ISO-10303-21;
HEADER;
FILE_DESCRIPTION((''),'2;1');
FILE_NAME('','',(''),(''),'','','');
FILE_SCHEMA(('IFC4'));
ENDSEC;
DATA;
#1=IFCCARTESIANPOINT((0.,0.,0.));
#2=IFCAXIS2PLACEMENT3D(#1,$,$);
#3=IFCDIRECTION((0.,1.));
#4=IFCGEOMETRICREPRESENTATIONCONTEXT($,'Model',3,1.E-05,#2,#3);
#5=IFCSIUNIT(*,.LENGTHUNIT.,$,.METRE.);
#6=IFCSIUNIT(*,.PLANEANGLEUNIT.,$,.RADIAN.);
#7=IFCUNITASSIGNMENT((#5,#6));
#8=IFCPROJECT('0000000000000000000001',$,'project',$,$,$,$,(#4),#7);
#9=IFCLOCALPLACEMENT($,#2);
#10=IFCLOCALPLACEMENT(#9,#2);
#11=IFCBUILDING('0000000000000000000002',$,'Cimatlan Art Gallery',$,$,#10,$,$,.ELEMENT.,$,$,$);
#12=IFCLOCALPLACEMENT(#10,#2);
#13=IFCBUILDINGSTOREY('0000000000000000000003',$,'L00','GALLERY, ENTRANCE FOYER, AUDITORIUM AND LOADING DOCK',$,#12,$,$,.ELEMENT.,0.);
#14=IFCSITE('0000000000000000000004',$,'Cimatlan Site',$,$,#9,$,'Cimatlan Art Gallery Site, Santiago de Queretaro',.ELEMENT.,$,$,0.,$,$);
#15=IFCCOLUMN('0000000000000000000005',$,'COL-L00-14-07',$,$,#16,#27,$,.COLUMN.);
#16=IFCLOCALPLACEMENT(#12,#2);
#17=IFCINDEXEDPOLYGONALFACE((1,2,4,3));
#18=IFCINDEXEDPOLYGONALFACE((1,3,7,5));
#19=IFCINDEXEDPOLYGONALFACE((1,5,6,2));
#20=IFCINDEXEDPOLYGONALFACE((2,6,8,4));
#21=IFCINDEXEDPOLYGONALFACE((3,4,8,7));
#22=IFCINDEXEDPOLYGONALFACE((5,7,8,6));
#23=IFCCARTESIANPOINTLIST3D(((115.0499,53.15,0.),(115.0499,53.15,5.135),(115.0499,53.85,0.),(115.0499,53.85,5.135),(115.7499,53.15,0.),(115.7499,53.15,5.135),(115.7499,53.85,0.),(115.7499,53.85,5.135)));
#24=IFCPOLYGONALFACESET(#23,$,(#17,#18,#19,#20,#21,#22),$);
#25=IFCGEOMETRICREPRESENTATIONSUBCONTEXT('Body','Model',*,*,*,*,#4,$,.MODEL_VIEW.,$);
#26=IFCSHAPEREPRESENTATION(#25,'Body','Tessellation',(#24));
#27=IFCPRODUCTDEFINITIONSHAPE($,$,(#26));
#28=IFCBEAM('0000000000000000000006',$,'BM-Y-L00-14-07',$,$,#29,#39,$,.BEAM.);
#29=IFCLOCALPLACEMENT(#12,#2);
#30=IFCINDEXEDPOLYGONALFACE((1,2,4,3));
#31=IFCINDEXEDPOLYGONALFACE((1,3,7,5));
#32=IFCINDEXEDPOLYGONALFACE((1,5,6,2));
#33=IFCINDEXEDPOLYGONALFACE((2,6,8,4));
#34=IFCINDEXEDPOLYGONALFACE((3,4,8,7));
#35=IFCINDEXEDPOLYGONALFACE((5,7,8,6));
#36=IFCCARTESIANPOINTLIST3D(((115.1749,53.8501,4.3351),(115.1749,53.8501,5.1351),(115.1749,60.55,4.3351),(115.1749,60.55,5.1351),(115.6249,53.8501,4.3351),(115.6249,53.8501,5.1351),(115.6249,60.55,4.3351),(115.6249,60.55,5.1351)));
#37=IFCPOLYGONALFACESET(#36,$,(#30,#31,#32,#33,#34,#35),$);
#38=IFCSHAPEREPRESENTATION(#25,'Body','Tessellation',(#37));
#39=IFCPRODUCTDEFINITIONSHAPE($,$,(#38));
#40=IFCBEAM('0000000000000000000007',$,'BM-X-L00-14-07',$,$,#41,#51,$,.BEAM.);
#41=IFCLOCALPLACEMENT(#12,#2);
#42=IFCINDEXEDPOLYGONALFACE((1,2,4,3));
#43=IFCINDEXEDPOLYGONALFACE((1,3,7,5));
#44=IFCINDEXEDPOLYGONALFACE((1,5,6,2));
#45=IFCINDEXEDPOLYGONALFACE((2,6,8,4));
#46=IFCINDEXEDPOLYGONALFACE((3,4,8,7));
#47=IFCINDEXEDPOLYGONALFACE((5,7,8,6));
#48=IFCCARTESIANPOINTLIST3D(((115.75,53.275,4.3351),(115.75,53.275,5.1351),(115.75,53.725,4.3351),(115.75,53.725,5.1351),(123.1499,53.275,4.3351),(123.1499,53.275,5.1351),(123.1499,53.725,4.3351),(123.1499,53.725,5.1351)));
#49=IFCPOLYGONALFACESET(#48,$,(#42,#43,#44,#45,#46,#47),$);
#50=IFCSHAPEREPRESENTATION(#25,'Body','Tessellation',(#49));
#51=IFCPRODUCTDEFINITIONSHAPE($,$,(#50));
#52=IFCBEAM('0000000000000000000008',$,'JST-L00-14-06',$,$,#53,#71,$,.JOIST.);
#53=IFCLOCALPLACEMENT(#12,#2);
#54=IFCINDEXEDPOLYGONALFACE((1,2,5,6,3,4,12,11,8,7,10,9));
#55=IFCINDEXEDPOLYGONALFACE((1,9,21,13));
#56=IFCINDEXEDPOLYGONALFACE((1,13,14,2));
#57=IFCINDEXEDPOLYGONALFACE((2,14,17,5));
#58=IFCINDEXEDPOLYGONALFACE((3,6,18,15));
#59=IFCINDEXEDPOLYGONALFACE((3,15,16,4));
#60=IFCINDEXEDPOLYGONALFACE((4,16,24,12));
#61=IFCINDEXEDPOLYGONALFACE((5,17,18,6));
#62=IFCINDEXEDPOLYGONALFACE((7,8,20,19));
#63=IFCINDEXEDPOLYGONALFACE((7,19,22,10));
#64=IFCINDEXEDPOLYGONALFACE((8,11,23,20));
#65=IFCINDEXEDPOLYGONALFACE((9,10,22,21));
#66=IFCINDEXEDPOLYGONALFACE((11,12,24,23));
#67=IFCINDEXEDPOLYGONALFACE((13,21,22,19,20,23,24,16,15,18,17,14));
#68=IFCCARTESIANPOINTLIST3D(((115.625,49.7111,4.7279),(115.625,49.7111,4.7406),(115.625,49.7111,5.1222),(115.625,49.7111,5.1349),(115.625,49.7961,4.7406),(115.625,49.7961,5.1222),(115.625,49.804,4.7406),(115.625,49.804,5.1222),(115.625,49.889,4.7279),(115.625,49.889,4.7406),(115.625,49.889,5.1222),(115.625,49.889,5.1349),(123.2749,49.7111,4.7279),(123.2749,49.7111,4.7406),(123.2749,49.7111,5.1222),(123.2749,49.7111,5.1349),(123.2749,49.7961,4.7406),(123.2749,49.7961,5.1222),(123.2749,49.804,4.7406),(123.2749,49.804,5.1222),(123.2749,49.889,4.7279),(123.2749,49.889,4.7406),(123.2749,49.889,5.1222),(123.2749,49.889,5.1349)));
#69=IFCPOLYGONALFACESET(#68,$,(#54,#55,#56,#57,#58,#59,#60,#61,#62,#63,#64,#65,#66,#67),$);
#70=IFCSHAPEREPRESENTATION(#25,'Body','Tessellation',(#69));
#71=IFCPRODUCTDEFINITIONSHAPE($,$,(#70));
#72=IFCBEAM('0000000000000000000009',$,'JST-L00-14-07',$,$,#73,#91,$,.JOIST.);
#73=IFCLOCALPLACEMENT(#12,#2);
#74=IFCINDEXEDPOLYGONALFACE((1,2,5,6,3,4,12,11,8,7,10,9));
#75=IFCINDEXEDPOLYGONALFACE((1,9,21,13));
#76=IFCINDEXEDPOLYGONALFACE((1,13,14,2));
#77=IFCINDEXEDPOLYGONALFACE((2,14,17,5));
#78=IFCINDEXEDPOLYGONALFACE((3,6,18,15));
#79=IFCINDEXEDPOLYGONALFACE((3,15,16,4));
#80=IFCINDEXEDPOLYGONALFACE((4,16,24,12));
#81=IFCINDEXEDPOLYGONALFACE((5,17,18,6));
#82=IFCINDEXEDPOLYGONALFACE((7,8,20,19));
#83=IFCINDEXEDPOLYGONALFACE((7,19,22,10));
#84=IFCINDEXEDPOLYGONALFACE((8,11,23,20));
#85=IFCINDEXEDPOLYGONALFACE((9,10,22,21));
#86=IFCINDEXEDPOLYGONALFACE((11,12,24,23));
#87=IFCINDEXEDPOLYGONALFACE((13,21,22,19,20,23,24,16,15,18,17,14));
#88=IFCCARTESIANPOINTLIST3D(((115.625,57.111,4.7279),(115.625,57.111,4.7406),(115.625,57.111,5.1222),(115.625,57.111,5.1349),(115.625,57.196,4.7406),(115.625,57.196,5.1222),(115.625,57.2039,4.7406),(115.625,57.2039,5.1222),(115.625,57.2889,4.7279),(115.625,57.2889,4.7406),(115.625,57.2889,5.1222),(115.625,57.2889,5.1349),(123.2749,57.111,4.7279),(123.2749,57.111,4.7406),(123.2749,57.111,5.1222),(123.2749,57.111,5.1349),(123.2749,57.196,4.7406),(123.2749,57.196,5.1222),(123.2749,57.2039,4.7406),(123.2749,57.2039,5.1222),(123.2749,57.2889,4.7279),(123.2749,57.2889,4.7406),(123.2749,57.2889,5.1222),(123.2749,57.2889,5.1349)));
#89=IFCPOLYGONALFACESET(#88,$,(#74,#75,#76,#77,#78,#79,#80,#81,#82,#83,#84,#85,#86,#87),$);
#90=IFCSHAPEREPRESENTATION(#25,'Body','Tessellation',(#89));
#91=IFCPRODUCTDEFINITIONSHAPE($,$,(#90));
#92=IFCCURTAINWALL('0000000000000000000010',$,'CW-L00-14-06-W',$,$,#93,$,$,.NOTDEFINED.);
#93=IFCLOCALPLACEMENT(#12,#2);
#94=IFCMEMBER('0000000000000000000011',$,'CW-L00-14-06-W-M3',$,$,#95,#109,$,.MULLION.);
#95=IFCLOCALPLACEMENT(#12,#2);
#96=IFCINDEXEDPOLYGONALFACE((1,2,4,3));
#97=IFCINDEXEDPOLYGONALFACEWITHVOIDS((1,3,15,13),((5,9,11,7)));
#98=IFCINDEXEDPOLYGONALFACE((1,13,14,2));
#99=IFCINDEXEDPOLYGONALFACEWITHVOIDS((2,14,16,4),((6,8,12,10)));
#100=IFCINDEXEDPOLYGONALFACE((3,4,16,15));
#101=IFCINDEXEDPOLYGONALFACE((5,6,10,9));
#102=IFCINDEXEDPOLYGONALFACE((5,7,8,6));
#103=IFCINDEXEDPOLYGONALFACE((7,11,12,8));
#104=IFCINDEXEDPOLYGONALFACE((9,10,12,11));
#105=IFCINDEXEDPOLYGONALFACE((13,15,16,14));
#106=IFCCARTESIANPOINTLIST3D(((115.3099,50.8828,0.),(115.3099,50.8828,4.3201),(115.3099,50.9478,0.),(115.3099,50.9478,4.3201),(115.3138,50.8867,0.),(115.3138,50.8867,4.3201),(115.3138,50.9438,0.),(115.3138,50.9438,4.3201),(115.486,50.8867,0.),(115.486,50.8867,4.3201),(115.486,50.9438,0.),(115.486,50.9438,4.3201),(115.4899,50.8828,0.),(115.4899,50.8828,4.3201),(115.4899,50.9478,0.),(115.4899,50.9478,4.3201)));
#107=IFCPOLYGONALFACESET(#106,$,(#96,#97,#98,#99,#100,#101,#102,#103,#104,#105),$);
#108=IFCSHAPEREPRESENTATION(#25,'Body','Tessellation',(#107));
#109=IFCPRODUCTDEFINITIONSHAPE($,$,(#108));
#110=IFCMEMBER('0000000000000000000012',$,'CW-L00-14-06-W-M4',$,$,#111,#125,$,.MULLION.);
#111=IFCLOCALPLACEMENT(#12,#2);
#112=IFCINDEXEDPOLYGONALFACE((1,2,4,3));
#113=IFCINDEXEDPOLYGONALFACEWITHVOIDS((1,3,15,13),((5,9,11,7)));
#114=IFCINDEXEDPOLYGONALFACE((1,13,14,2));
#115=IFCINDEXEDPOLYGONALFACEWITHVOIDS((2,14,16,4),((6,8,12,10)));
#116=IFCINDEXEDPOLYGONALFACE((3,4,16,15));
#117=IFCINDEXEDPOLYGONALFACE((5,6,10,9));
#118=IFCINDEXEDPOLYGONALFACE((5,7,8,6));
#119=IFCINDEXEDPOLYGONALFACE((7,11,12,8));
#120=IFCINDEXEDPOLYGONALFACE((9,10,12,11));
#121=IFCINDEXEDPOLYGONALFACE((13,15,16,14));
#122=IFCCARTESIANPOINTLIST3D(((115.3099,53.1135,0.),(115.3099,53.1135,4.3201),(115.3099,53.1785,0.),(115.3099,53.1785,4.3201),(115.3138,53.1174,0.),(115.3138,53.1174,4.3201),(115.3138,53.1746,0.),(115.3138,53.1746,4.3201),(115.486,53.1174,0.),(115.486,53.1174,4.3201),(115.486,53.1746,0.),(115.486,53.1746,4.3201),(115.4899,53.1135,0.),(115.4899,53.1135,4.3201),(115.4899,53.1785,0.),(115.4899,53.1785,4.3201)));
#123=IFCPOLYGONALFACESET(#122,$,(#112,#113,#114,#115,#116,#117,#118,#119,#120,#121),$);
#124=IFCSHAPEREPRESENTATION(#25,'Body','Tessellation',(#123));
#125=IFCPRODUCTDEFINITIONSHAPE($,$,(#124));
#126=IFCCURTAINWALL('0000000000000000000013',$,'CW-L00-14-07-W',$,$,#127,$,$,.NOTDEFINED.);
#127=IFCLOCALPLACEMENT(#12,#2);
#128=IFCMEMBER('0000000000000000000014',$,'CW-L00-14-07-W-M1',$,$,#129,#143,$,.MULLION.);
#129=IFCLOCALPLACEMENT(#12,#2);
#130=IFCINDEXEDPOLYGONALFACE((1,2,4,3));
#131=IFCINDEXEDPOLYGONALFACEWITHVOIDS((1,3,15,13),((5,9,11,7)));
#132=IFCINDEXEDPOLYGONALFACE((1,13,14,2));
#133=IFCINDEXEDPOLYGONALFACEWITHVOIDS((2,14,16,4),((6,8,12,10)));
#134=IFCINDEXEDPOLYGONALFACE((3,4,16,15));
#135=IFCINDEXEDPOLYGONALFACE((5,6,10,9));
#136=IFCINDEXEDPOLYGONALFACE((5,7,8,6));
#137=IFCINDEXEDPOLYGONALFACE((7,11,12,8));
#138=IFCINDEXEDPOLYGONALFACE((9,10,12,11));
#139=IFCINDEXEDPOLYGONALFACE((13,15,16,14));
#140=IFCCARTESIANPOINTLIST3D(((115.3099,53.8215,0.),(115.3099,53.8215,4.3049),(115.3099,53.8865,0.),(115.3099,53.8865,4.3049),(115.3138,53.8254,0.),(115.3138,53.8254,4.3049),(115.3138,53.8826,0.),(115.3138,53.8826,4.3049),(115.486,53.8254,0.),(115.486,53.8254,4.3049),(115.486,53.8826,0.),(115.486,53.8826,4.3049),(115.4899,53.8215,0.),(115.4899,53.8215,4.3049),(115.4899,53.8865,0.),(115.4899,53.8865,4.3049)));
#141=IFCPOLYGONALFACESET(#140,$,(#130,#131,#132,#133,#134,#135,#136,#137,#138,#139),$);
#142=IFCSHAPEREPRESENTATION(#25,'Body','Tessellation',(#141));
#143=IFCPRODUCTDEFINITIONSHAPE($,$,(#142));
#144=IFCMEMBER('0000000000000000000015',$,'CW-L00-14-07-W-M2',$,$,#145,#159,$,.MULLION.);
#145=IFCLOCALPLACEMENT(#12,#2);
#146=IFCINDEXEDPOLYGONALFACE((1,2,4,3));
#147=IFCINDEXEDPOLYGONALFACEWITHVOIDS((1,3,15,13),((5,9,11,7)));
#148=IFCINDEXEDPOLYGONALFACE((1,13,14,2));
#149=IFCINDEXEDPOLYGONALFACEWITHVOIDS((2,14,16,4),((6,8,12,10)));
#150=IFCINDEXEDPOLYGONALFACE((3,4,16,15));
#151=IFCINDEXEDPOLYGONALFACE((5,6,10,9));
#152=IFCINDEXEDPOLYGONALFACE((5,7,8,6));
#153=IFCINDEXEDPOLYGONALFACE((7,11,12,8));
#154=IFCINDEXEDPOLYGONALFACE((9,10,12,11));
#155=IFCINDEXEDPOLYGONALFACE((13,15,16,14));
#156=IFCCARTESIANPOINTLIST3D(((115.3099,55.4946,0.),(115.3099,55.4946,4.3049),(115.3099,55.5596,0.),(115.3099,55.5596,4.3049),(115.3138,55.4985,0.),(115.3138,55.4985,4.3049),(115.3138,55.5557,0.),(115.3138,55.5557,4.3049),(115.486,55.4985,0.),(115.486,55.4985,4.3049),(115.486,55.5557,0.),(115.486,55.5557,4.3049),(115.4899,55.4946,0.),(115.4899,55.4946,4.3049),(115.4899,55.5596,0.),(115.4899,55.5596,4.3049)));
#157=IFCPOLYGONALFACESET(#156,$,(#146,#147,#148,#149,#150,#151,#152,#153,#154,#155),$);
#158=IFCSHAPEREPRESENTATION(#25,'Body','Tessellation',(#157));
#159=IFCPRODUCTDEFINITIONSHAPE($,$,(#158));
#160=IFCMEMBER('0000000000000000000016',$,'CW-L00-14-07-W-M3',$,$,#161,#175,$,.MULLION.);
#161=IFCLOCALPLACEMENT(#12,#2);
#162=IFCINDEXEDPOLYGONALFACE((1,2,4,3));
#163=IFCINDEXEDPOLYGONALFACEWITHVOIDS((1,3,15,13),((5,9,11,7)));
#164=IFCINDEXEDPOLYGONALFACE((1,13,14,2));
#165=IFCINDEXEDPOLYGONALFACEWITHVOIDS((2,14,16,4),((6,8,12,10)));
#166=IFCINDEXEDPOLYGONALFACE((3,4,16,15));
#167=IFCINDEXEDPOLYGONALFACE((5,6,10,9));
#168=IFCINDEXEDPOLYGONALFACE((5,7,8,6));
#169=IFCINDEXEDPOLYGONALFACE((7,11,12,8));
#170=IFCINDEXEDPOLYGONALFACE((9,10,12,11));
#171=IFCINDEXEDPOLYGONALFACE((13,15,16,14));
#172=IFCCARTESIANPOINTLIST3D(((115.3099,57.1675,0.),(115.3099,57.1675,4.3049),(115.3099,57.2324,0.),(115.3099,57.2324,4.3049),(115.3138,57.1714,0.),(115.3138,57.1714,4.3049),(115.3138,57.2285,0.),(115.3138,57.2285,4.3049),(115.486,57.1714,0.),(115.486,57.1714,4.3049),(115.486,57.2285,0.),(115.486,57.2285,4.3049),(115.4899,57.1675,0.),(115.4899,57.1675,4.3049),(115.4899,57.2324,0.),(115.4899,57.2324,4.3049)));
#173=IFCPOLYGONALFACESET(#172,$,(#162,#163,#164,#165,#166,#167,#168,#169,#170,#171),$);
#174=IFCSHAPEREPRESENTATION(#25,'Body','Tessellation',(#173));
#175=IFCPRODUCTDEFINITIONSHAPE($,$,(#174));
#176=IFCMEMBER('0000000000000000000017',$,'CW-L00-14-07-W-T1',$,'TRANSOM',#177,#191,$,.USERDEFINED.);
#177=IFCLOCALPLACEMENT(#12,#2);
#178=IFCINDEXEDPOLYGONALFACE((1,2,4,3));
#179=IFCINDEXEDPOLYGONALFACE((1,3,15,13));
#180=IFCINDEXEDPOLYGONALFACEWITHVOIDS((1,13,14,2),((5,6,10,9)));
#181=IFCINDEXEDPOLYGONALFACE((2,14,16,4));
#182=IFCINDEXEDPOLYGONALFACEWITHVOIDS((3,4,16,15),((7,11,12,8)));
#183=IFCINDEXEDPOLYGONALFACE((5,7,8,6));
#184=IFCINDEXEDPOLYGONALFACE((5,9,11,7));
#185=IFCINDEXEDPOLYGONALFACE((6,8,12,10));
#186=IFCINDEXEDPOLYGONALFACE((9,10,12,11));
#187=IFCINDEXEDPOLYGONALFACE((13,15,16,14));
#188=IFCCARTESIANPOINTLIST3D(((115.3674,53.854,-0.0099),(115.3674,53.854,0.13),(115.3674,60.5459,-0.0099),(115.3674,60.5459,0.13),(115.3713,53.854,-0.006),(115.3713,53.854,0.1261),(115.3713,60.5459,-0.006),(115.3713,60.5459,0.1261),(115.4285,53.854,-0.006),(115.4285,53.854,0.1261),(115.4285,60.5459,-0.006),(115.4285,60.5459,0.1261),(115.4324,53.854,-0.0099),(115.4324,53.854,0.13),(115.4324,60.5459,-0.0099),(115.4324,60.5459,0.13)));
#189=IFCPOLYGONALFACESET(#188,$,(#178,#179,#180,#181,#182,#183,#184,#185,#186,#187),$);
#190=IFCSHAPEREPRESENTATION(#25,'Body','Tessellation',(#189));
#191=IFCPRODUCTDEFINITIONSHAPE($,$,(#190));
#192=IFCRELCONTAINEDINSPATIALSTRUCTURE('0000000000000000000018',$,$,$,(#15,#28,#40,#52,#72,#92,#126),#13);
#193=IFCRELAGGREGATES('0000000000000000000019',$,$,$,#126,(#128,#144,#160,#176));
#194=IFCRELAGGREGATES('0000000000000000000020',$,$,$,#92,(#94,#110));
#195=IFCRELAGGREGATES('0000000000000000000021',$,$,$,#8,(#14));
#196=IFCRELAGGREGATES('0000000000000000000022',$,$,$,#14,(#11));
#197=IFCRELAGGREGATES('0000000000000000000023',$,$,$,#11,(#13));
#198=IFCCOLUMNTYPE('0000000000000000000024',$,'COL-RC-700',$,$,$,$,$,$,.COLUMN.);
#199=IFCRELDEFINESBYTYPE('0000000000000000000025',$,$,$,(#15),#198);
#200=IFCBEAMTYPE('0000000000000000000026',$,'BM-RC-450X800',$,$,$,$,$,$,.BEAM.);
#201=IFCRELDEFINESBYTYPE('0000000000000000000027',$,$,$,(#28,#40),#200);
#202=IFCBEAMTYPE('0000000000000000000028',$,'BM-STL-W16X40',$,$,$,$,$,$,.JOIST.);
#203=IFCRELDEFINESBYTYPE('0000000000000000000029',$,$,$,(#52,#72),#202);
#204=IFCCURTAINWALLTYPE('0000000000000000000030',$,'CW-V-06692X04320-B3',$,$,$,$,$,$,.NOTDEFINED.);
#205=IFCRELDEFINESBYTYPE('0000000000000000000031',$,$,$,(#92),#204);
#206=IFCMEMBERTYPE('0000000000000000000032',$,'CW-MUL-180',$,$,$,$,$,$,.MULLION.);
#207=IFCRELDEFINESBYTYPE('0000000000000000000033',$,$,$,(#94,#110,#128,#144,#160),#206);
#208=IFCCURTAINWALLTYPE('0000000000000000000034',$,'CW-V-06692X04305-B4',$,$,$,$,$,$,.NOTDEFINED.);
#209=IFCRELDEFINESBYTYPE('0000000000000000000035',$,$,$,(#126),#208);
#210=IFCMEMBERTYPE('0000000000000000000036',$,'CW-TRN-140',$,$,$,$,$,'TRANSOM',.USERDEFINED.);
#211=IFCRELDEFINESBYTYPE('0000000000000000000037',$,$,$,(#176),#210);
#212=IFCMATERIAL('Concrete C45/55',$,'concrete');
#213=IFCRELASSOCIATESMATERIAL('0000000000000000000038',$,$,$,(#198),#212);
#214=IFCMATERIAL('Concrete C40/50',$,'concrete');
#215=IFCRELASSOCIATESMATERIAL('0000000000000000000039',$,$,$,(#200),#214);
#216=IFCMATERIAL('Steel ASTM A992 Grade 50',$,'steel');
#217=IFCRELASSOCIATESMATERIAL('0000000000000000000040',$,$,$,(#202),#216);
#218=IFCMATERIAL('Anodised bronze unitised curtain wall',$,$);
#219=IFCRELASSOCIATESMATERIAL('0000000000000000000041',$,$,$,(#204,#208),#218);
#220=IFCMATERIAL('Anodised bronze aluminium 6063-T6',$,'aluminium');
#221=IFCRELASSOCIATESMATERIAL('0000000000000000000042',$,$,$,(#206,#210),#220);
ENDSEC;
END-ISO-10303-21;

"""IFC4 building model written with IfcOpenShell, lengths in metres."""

from ifc_helpers import new_model, si_unit, direction, frame, origin, origin_2d, place, context, subcontext, project, spatial, rectangle, hollow_rectangle, i_section, extrude, material, material_profile, profile_set, type_object, element, aggregate, save


model = new_model("IFC4")

# Units and contexts
model_context = context("Model", 3, precision=1e-05, world=origin(), true_north=direction((0.0, 1.0)))
body_context = subcontext(model_context, "Body", "Model", "MODEL_VIEW")
ifc_project = project(units=[si_unit("LENGTHUNIT", "METRE"), si_unit("PLANEANGLEUNIT", "RADIAN")], contexts=[model_context])

# Site, building, storey
site_placement = place(None, origin())
site = spatial("IfcSite", under=ifc_project, at=site_placement, Name="Cimatlan Site", LongName="Cimatlan Art Gallery Site, Santiago de Queretaro", CompositionType="ELEMENT", RefElevation=0.0)
building_placement = place(site_placement, origin())
building = spatial("IfcBuilding", under=site, at=building_placement, Name="Cimatlan Art Gallery", CompositionType="ELEMENT")
storey_placement = place(building_placement, origin())
storey = spatial("IfcBuildingStorey", under=building, at=storey_placement, Name="L00", Description="GALLERY, ENTRANCE FOYER, AUDITORIUM AND LOADING DOCK", CompositionType="ELEMENT", Elevation=0.0)

# Column
ifc_material_1 = material(Name="Concrete C45/55", Category="concrete")
ifc_material_profile_1 = material_profile(ifc_material_1, rectangle(XDim=0.7, YDim=0.7, at=origin_2d()), Name="RC700X700")
ifc_profile_set_1 = profile_set([ifc_material_profile_1], Name="Concrete C45/55")
column_type = type_object("IfcColumnType", Name="COL-RC-700", PredefinedType="COLUMN", material=ifc_profile_set_1)
column_placement = place(storey_placement, frame((115.3999, 53.5, 0.0), z_axis=(0.0, 0.0, 1.0), x_axis=(1.0, 0.0, 0.0)))
element("IfcColumn", 1, at=column_placement, inside=storey, type_object=column_type, Name="COL-L00-14-07", PredefinedType="COLUMN", context=body_context, shape_type="SweptSolid", body=[
    extrude(rectangle(XDim=0.7, YDim=0.7, at=origin_2d()), origin(), (0.0, 0.0, 1.0), 5.135),
])

# Beams
ifc_material_2 = material(Name="Concrete C40/50", Category="concrete")
ifc_material_profile_2 = material_profile(ifc_material_2, rectangle(XDim=0.45, YDim=0.8, at=origin_2d()), Name="RC450X800")
ifc_profile_set_2 = profile_set([ifc_material_profile_2], Name="Concrete C40/50")
beam_type_1 = type_object("IfcBeamType", Name="BM-RC-450X800", PredefinedType="BEAM", material=ifc_profile_set_2)
beam_1_placement = place(storey_placement, frame((115.3999, 53.8501, 4.7351), z_axis=(0.0, 1.0, 0.0), x_axis=(-1.0, 0.0, 0.0)))
element("IfcBeam", 2, at=beam_1_placement, inside=storey, type_object=beam_type_1, Name="BM-Y-L00-14-07", PredefinedType="BEAM", context=body_context, shape_type="SweptSolid", body=[
    extrude(rectangle(XDim=0.45, YDim=0.8, at=origin_2d()), origin(), (0.0, 0.0, 1.0), 6.7),
])
beam_2_placement = place(storey_placement, frame((115.75, 53.5, 4.7351), z_axis=(1.0, 0.0, 0.0), x_axis=(0.0, 1.0, 0.0)))
element("IfcBeam", 3, at=beam_2_placement, inside=storey, type_object=beam_type_1, Name="BM-X-L00-14-07", PredefinedType="BEAM", context=body_context, shape_type="SweptSolid", body=[
    extrude(rectangle(XDim=0.45, YDim=0.8, at=origin_2d()), origin(), (0.0, 0.0, 1.0), 7.3999),
])
ifc_material_3 = material(Name="Steel ASTM A992 Grade 50", Category="steel")
ifc_material_profile_3 = material_profile(ifc_material_3, i_section(OverallWidth=0.178, OverallDepth=0.407, WebThickness=0.0078, FlangeThickness=0.0127, at=origin_2d()), Name="W16X40")
ifc_profile_set_3 = profile_set([ifc_material_profile_3], Name="Steel ASTM A992 Grade 50")
beam_type_2 = type_object("IfcBeamType", Name="BM-STL-W16X40", PredefinedType="JOIST", material=ifc_profile_set_3)
for number, where, z_axis, x_axis, name in (
    (4, (115.625, 49.8, 4.9314), (1.0, 0.0, 0.0), (0.0, 1.0, 0.0), "JST-L00-14-06"),
    (5, (115.625, 57.2, 4.9314), (1.0, 0.0, 0.0), (0.0, 1.0, 0.0), "JST-L00-14-07"),
):
    element("IfcBeam", number, at=place(storey_placement, frame(where, z_axis=z_axis, x_axis=x_axis)), inside=storey, type_object=beam_type_2, Name=name, PredefinedType="JOIST", context=body_context, shape_type="SweptSolid", body=[
        extrude(i_section(OverallWidth=0.178, OverallDepth=0.407, WebThickness=0.0078, FlangeThickness=0.0127, at=origin_2d()), origin(), (0.0, 0.0, 1.0), 7.6499),
    ])

# Curtain wall, members
ifc_material_4 = material(Name="Anodised bronze unitised curtain wall")
curtain_wall_type_1 = type_object("IfcCurtainWallType", Name="CW-V-06692X04320-B3", PredefinedType="NOTDEFINED", material=ifc_material_4)
curtain_wall_1_placement = place(storey_placement, origin())
curtain_wall_1 = element("IfcCurtainWall", 6, at=curtain_wall_1_placement, inside=storey, type_object=curtain_wall_type_1, Name="CW-L00-14-06-W", PredefinedType="NOTDEFINED")
ifc_material_5 = material(Name="Anodised bronze aluminium 6063-T6", Category="aluminium")
ifc_material_profile_4 = material_profile(ifc_material_5, hollow_rectangle(XDim=0.0649, YDim=0.1799, WallThickness=0.0039, at=origin_2d()), Name="ALU65X180X4")
ifc_profile_set_4 = profile_set([ifc_material_profile_4], Name="Anodised bronze aluminium 6063-T6")
member_type_1 = type_object("IfcMemberType", Name="CW-MUL-180", PredefinedType="MULLION", material=ifc_profile_set_4)
member_1_placement = place(storey_placement, frame((115.3999, 50.9153, 0.0), z_axis=(0.0, 0.0, 1.0), x_axis=(0.0, 1.0, 0.0)))
member_1 = element("IfcMember", 7, at=member_1_placement, type_object=member_type_1, Name="CW-L00-14-06-W-M3", PredefinedType="MULLION", context=body_context, shape_type="SweptSolid", body=[
    extrude(hollow_rectangle(XDim=0.0649, YDim=0.1799, WallThickness=0.0039, at=origin_2d()), origin(), (0.0, 0.0, 1.0), 4.3201),
])
member_2_placement = place(storey_placement, frame((115.3999, 53.146, 0.0), z_axis=(0.0, 0.0, 1.0), x_axis=(0.0, 1.0, 0.0)))
member_2 = element("IfcMember", 8, at=member_2_placement, type_object=member_type_1, Name="CW-L00-14-06-W-M4", PredefinedType="MULLION", context=body_context, shape_type="SweptSolid", body=[
    extrude(hollow_rectangle(XDim=0.0649, YDim=0.1799, WallThickness=0.0039, at=origin_2d()), origin(), (0.0, 0.0, 1.0), 4.3201),
])

# Curtain wall, members
curtain_wall_type_2 = type_object("IfcCurtainWallType", Name="CW-V-06692X04305-B4", PredefinedType="NOTDEFINED", material=ifc_material_4)
curtain_wall_2_placement = place(storey_placement, origin())
curtain_wall_2 = element("IfcCurtainWall", 9, at=curtain_wall_2_placement, inside=storey, type_object=curtain_wall_type_2, Name="CW-L00-14-07-W", PredefinedType="NOTDEFINED")
member_3_placement = place(storey_placement, frame((115.3999, 53.854, 0.0), z_axis=(0.0, 0.0, 1.0), x_axis=(0.0, 1.0, 0.0)))
member_3 = element("IfcMember", 10, at=member_3_placement, type_object=member_type_1, Name="CW-L00-14-07-W-M1", PredefinedType="MULLION", context=body_context, shape_type="SweptSolid", body=[
    extrude(hollow_rectangle(XDim=0.0649, YDim=0.1799, WallThickness=0.0039, at=origin_2d()), origin(), (0.0, 0.0, 1.0), 4.3049),
])
member_4_placement = place(storey_placement, frame((115.3999, 55.5271, 0.0), z_axis=(0.0, 0.0, 1.0), x_axis=(0.0, 1.0, 0.0)))
member_4 = element("IfcMember", 11, at=member_4_placement, type_object=member_type_1, Name="CW-L00-14-07-W-M2", PredefinedType="MULLION", context=body_context, shape_type="SweptSolid", body=[
    extrude(hollow_rectangle(XDim=0.0649, YDim=0.1799, WallThickness=0.0039, at=origin_2d()), origin(), (0.0, 0.0, 1.0), 4.3049),
])
member_5_placement = place(storey_placement, frame((115.3999, 57.2, 0.0), z_axis=(0.0, 0.0, 1.0), x_axis=(0.0, 1.0, 0.0)))
member_5 = element("IfcMember", 12, at=member_5_placement, type_object=member_type_1, Name="CW-L00-14-07-W-M3", PredefinedType="MULLION", context=body_context, shape_type="SweptSolid", body=[
    extrude(hollow_rectangle(XDim=0.0649, YDim=0.1799, WallThickness=0.0039, at=origin_2d()), origin(), (0.0, 0.0, 1.0), 4.3049),
])
ifc_material_profile_5 = material_profile(ifc_material_5, hollow_rectangle(XDim=0.0649, YDim=0.1399, WallThickness=0.0039, at=origin_2d()), Name="ALU65X140X4")
ifc_profile_set_5 = profile_set([ifc_material_profile_5], Name="Anodised bronze aluminium 6063-T6")
member_type_2 = type_object("IfcMemberType", Name="CW-TRN-140", ElementType="TRANSOM", PredefinedType="USERDEFINED", material=ifc_profile_set_5)
member_6_placement = place(storey_placement, frame((115.3999, 53.854, 0.0601), z_axis=(0.0, 1.0, 0.0), x_axis=(-1.0, 0.0, 0.0)))
member_6 = element("IfcMember", 13, at=member_6_placement, type_object=member_type_2, Name="CW-L00-14-07-W-T1", ObjectType="TRANSOM", PredefinedType="USERDEFINED", context=body_context, shape_type="SweptSolid", body=[
    extrude(hollow_rectangle(XDim=0.0649, YDim=0.1399, WallThickness=0.0039, at=origin_2d()), origin(), (0.0, 0.0, 1.0), 6.6919),
])
aggregate(curtain_wall_2, [member_3, member_4, member_5, member_6])

aggregate(curtain_wall_1, [member_1, member_2])

save(model, "model.ifc")
